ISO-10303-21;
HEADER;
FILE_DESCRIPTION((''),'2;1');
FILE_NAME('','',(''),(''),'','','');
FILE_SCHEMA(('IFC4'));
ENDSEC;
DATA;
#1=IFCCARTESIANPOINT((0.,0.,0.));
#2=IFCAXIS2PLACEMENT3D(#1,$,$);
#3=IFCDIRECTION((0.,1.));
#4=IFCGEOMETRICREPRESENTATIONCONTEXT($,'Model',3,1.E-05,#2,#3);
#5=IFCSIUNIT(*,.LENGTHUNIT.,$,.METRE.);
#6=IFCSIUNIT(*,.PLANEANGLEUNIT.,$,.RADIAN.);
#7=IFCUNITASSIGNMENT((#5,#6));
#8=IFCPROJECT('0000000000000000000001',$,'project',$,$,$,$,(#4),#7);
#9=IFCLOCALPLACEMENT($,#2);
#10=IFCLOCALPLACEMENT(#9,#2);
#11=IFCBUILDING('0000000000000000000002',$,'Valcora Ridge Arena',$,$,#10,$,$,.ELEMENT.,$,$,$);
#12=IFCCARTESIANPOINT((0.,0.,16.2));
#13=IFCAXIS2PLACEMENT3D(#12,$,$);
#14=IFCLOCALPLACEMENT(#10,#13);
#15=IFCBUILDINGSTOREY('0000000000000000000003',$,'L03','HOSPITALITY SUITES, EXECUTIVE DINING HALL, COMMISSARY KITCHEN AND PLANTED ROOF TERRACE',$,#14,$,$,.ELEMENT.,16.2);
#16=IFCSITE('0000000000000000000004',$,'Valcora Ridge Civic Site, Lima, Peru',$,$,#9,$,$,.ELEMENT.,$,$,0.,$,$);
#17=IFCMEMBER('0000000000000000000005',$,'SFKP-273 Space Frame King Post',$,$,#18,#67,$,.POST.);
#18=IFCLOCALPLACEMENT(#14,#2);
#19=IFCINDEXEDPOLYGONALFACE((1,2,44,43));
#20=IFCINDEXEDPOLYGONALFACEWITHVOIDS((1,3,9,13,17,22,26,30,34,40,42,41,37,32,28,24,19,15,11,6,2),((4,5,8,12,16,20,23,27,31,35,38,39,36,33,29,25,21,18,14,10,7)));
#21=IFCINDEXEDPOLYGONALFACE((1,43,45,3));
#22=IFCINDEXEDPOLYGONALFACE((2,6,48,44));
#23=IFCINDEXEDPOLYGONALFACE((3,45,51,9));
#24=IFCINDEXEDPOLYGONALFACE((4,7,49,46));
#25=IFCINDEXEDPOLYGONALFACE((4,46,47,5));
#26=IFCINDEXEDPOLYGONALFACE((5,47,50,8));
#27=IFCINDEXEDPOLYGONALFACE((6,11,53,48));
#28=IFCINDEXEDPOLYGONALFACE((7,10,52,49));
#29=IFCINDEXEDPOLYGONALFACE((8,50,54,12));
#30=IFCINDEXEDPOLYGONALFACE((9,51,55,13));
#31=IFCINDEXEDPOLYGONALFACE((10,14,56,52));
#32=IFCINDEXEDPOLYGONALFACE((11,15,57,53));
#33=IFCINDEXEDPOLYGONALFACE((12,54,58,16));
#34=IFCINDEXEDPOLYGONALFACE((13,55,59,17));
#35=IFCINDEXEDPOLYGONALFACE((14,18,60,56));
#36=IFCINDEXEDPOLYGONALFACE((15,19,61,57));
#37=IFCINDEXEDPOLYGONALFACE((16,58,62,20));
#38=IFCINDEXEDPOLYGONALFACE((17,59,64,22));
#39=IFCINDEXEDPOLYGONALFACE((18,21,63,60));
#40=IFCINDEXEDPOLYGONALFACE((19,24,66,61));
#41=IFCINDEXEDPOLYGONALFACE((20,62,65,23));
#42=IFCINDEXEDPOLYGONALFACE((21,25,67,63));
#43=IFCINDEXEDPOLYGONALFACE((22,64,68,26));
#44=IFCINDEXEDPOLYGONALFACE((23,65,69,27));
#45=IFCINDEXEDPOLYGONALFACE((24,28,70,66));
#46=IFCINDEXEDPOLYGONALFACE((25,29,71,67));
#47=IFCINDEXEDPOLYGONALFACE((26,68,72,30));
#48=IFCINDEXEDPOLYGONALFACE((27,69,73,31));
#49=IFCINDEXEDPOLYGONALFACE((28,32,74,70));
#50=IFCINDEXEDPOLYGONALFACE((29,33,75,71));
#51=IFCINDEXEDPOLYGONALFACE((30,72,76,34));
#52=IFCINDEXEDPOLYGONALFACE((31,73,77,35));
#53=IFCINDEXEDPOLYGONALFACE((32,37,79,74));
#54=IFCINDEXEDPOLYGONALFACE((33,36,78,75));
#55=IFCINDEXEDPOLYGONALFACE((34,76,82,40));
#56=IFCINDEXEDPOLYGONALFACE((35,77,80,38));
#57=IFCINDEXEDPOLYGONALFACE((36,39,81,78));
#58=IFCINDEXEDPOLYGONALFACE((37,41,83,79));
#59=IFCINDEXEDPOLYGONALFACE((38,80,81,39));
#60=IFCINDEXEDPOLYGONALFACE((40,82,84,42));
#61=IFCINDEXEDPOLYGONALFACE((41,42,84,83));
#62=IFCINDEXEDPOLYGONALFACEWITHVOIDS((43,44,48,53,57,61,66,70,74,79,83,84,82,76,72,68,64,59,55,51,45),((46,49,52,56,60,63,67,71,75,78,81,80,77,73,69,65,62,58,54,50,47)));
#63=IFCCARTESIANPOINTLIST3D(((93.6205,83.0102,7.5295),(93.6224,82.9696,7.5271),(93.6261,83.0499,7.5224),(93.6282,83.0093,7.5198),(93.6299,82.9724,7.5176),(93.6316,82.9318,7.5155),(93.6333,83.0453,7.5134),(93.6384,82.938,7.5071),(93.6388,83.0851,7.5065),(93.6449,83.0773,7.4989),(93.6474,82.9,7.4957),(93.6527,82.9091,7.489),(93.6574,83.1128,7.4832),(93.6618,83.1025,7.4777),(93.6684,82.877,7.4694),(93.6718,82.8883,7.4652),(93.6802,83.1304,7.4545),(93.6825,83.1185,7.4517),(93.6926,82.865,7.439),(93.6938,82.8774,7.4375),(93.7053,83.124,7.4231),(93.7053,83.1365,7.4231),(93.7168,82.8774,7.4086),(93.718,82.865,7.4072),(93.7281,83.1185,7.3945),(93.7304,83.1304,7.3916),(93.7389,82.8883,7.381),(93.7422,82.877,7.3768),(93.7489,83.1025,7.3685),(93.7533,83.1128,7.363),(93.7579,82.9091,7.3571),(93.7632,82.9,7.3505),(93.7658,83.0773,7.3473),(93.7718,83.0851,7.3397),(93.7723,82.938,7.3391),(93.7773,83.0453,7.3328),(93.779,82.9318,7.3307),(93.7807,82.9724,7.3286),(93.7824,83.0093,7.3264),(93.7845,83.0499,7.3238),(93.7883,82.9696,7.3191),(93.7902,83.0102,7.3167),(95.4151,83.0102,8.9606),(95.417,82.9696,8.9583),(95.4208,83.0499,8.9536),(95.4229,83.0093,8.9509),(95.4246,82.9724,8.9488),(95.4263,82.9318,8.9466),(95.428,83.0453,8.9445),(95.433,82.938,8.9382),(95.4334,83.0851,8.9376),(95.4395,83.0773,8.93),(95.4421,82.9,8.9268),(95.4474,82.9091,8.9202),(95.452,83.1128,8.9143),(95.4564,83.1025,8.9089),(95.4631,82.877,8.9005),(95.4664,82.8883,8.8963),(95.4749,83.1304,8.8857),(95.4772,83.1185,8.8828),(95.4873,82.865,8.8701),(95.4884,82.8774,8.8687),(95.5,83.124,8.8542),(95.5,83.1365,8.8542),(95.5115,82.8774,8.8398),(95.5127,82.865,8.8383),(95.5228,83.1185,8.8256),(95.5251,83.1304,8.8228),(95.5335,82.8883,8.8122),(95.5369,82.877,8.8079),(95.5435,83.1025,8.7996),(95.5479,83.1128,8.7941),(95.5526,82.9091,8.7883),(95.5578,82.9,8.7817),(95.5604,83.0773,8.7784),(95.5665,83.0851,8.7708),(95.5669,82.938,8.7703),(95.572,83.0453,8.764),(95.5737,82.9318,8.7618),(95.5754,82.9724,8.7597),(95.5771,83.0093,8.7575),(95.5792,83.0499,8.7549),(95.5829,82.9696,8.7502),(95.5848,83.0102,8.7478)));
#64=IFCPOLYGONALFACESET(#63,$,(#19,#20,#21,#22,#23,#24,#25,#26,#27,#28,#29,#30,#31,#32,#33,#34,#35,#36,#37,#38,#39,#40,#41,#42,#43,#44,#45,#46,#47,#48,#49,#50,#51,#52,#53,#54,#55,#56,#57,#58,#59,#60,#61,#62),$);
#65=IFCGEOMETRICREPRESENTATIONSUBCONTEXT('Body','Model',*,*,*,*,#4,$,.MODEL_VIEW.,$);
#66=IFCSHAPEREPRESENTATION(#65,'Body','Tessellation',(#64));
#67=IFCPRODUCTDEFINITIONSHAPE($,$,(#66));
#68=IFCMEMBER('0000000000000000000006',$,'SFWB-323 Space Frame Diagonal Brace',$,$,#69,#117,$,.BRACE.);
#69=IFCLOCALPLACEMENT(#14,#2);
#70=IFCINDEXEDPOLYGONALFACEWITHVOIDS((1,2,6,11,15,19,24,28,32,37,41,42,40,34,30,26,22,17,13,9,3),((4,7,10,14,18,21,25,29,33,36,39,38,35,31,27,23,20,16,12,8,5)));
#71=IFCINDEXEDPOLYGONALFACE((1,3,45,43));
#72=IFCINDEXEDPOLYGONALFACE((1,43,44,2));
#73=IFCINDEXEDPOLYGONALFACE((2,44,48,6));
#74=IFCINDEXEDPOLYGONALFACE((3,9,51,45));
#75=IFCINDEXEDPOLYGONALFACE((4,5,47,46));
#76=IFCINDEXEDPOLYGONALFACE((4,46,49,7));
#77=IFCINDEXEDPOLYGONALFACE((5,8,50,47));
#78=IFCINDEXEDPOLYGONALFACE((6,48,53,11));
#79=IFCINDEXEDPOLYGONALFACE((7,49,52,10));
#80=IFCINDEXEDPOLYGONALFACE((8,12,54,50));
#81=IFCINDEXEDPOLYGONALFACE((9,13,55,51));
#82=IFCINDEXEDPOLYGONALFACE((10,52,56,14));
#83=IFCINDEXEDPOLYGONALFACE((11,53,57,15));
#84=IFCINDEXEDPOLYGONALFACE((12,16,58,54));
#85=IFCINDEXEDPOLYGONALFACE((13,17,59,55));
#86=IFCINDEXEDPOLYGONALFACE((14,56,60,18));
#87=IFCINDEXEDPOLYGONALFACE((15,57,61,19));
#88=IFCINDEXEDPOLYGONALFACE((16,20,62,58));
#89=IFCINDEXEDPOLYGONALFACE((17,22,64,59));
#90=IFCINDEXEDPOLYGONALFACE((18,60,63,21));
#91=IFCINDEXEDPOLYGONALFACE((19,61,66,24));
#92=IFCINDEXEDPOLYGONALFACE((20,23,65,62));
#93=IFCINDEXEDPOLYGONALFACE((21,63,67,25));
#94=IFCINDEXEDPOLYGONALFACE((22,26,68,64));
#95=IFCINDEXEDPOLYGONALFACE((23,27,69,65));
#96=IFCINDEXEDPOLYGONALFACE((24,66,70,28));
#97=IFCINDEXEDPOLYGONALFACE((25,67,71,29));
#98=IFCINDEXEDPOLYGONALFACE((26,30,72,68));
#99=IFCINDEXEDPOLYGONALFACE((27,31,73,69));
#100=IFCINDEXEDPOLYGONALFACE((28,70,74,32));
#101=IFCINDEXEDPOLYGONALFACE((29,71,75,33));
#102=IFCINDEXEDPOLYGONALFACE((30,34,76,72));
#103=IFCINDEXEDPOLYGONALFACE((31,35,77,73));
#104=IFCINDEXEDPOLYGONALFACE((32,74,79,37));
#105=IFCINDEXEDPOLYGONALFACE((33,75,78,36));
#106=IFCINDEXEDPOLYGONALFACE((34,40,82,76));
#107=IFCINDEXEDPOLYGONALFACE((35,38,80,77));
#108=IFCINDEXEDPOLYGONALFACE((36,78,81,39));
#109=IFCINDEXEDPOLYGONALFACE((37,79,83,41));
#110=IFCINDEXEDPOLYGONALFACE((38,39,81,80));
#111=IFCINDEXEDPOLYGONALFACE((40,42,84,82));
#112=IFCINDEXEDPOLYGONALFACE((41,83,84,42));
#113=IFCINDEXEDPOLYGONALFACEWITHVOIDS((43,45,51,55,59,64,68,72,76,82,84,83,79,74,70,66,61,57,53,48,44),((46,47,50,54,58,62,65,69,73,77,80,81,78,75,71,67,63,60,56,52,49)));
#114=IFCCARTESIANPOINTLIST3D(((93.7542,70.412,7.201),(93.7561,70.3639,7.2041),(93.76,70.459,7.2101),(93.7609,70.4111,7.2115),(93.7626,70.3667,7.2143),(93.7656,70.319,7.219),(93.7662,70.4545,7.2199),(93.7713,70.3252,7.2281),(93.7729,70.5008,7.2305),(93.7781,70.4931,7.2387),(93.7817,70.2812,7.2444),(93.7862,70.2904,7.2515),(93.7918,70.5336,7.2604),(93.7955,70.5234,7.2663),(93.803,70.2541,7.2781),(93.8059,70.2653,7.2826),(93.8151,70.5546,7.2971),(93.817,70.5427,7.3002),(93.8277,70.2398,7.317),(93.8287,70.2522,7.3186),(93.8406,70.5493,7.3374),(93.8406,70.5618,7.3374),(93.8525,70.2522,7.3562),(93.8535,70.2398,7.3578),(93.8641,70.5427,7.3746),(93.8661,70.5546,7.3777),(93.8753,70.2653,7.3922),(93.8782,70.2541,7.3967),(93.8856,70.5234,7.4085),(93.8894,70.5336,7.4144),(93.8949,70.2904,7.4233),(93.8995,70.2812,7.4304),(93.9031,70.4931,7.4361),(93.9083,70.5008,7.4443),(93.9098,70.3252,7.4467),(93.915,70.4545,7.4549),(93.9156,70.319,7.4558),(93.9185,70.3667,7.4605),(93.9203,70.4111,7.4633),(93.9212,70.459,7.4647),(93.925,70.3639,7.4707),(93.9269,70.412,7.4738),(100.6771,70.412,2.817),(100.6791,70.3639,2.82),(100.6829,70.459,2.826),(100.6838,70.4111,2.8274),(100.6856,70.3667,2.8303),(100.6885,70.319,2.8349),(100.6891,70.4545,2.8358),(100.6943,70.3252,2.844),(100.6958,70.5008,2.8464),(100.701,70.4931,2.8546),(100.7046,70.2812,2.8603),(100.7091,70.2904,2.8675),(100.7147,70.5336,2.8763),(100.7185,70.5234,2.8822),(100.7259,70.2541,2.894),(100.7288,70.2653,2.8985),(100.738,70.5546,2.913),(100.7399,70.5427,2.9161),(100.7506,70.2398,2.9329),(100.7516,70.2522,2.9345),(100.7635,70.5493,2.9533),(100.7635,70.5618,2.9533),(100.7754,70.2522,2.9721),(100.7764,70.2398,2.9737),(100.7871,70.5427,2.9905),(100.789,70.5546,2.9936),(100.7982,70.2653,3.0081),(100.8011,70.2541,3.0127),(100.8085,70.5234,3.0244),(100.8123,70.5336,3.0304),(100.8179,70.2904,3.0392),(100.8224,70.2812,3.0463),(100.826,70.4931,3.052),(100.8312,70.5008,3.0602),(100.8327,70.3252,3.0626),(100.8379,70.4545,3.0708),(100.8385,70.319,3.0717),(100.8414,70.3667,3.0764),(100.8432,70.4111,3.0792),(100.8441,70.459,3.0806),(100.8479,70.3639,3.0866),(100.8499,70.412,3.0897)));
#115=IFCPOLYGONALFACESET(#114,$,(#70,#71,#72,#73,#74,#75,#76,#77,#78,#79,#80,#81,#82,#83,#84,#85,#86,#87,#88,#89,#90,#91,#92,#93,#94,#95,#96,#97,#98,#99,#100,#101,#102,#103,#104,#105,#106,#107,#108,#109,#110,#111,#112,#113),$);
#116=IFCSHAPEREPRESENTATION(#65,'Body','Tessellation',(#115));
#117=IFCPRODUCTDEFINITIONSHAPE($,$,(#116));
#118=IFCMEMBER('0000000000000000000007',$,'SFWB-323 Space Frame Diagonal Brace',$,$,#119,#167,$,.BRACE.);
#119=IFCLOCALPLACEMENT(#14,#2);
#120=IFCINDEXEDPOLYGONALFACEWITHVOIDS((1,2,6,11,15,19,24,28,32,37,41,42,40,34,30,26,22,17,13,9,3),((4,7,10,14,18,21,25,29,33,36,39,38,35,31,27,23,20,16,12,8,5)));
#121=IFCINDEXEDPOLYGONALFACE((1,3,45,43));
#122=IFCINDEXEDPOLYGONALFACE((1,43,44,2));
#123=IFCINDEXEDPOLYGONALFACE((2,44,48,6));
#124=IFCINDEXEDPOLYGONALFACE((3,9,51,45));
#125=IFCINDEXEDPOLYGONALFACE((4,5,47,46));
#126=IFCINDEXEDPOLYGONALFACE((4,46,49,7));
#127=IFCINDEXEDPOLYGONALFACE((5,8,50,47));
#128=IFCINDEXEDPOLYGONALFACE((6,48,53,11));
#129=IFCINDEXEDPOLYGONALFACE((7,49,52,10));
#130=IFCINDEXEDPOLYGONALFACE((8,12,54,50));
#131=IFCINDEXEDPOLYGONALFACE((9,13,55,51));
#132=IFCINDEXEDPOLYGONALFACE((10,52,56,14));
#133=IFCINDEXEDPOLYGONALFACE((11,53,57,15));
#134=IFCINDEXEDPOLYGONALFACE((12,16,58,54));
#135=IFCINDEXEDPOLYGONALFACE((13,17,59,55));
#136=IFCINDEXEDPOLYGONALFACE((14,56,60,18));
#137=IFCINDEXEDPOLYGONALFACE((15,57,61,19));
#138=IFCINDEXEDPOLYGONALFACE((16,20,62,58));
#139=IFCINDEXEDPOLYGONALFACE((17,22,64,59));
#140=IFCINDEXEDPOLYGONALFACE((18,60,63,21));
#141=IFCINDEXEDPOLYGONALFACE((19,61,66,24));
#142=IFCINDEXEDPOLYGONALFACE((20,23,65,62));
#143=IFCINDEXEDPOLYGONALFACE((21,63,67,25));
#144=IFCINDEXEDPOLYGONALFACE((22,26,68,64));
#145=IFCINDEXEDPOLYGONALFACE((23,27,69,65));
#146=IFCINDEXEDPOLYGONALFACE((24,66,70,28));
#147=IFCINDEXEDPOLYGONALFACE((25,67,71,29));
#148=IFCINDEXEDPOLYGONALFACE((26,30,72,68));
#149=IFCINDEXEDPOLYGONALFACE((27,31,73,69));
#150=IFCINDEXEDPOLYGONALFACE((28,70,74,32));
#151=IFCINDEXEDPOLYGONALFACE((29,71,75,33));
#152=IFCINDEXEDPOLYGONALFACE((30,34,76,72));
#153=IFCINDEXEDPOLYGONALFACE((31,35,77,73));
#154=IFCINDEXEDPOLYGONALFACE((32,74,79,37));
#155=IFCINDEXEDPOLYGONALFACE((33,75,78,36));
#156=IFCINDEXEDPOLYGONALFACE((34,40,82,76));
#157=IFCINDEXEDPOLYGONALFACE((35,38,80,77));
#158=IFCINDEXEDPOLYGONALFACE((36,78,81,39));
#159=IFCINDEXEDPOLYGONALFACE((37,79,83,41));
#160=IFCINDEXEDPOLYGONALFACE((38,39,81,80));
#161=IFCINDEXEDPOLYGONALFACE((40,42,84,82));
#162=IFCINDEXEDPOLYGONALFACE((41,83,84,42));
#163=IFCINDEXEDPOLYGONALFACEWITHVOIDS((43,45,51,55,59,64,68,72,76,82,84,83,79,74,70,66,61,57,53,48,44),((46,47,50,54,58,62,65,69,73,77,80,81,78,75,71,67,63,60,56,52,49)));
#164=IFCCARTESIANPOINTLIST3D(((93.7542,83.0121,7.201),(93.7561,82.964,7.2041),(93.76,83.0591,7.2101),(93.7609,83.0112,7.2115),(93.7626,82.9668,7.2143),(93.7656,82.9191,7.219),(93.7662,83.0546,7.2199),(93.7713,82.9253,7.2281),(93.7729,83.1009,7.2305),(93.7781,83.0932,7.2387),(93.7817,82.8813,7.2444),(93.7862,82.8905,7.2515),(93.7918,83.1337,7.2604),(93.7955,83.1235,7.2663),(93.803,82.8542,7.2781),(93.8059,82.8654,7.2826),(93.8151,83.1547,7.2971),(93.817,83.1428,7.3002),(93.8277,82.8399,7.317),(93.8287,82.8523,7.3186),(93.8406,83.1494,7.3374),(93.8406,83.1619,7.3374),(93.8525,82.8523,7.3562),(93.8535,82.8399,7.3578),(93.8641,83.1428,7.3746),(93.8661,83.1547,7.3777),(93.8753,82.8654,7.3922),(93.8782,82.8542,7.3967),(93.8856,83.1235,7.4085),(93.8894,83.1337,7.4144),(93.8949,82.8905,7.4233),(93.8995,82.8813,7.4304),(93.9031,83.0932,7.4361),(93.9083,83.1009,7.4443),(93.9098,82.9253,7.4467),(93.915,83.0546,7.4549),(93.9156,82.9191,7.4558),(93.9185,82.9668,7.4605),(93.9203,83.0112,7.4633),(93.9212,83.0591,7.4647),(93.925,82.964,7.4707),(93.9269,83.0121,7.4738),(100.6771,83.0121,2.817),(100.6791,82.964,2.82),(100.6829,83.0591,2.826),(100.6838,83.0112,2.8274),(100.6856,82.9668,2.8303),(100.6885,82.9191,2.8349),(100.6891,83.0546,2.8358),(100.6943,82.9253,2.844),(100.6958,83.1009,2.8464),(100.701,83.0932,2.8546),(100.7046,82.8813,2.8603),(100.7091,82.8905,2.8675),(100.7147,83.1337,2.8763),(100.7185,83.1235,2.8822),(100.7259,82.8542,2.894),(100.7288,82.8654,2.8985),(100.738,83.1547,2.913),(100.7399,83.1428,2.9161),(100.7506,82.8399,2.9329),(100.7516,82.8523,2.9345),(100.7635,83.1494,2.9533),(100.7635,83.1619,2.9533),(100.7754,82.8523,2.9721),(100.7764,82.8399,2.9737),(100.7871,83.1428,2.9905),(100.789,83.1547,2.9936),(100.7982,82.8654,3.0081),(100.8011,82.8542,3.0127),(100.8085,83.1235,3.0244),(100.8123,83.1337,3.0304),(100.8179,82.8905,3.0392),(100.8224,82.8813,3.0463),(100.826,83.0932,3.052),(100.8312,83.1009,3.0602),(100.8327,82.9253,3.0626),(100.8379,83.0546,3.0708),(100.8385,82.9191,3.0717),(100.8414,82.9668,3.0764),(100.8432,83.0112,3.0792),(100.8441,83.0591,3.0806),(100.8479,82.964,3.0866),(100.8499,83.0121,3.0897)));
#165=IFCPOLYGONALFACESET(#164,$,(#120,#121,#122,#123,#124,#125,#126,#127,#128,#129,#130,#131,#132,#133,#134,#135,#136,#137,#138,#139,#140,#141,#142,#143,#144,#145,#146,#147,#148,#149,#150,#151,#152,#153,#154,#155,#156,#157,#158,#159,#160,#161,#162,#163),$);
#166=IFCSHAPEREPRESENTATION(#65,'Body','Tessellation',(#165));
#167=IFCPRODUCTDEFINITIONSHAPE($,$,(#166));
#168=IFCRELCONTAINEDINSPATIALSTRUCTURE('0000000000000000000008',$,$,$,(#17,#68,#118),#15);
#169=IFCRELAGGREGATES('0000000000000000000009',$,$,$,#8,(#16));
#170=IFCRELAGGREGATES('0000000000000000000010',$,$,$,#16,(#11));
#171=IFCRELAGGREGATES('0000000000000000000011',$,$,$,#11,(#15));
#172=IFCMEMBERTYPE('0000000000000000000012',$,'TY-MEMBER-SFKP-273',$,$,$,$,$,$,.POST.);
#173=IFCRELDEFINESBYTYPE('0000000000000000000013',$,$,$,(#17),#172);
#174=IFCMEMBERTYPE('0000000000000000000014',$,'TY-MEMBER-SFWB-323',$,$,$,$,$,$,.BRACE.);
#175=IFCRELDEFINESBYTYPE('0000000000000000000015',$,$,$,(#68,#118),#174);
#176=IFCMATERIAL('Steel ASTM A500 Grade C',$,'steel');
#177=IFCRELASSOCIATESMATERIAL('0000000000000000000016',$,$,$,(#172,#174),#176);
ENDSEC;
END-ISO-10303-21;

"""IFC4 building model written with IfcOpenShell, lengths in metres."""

from ifc_helpers import new_model, si_unit, direction, frame, origin, origin_2d, place, context, subcontext, project, spatial, hollow_circle, extrude, material, material_profile, profile_set, type_object, element, save


model = new_model("IFC4")

# Units and contexts
model_context = context("Model", 3, precision=1e-05, world=origin(), true_north=direction((0.0, 1.0)))
body_context = subcontext(model_context, "Body", "Model", "MODEL_VIEW")
ifc_project = project(units=[si_unit("LENGTHUNIT", "METRE"), si_unit("PLANEANGLEUNIT", "RADIAN")], contexts=[model_context])

# Site, building, storey
site_placement = place(None, origin())
site = spatial("IfcSite", under=ifc_project, at=site_placement, Name="Valcora Ridge Civic Site, Lima, Peru", CompositionType="ELEMENT", RefElevation=0.0)
building_placement = place(site_placement, origin())
building = spatial("IfcBuilding", under=site, at=building_placement, Name="Valcora Ridge Arena", CompositionType="ELEMENT")
storey_placement = place(building_placement, frame((0.0, 0.0, 16.2)))
storey = spatial("IfcBuildingStorey", under=building, at=storey_placement, Name="L03", Description="HOSPITALITY SUITES, EXECUTIVE DINING HALL, COMMISSARY KITCHEN AND PLANTED ROOF TERRACE", CompositionType="ELEMENT", Elevation=16.2)

# Members
ifc_material_1 = material(Name="Steel ASTM A500 Grade C", Category="steel")
ifc_material_profile_1 = material_profile(ifc_material_1, hollow_circle(Radius=0.1365, WallThickness=0.0125, at=origin_2d()), Name="CHS273X12")
ifc_profile_set_1 = profile_set([ifc_material_profile_1], Name="Steel ASTM A500 Grade C")
member_type_1 = type_object("IfcMemberType", Name="TY-MEMBER-SFKP-273", PredefinedType="POST", material=ifc_profile_set_1)
for number, where, z_axis, x_axis, name in (
    (1, (93.7053, 83.0, 7.4231), (0.781843, 0.0, 0.623475), (0.0, 1.0, 0.0), "SFKP-273 Space Frame King Post"),
):
    element("IfcMember", number, at=place(storey_placement, frame(where, z_axis=z_axis, x_axis=x_axis)), inside=storey, type_object=member_type_1, Name=name, PredefinedType="POST", context=body_context, shape_type="SweptSolid", body=[
        extrude(hollow_circle(Radius=0.1365, WallThickness=0.0125, at=origin_2d()), origin(), (0.0, 0.0, 1.0), 2.2954),
    ])
ifc_material_profile_2 = material_profile(ifc_material_1, hollow_circle(Radius=0.1619, WallThickness=0.0125, at=origin_2d()), Name="CHS323X12")
ifc_profile_set_2 = profile_set([ifc_material_profile_2], Name="Steel ASTM A500 Grade C")
member_type_2 = type_object("IfcMemberType", Name="TY-MEMBER-SFWB-323", PredefinedType="BRACE", material=ifc_profile_set_2)
for number, where, z_axis, x_axis, name in (
    (2, (93.8406, 70.3999, 7.3374), (0.844843, 0.0, -0.535014), (0.0, 1.0, 0.0), "SFWB-323 Space Frame Diagonal Brace"),
    (3, (93.8406, 83.0, 7.3374), (0.844843, 0.0, -0.535014), (0.0, 1.0, 0.0), "SFWB-323 Space Frame Diagonal Brace"),
):
    element("IfcMember", number, at=place(storey_placement, frame(where, z_axis=z_axis, x_axis=x_axis)), inside=storey, type_object=member_type_2, Name=name, PredefinedType="BRACE", context=body_context, shape_type="SweptSolid", body=[
        extrude(hollow_circle(Radius=0.1619, WallThickness=0.0125, at=origin_2d()), origin(), (0.0, 0.0, 1.0), 8.1943),
    ])

save(model, "model.ifc")
